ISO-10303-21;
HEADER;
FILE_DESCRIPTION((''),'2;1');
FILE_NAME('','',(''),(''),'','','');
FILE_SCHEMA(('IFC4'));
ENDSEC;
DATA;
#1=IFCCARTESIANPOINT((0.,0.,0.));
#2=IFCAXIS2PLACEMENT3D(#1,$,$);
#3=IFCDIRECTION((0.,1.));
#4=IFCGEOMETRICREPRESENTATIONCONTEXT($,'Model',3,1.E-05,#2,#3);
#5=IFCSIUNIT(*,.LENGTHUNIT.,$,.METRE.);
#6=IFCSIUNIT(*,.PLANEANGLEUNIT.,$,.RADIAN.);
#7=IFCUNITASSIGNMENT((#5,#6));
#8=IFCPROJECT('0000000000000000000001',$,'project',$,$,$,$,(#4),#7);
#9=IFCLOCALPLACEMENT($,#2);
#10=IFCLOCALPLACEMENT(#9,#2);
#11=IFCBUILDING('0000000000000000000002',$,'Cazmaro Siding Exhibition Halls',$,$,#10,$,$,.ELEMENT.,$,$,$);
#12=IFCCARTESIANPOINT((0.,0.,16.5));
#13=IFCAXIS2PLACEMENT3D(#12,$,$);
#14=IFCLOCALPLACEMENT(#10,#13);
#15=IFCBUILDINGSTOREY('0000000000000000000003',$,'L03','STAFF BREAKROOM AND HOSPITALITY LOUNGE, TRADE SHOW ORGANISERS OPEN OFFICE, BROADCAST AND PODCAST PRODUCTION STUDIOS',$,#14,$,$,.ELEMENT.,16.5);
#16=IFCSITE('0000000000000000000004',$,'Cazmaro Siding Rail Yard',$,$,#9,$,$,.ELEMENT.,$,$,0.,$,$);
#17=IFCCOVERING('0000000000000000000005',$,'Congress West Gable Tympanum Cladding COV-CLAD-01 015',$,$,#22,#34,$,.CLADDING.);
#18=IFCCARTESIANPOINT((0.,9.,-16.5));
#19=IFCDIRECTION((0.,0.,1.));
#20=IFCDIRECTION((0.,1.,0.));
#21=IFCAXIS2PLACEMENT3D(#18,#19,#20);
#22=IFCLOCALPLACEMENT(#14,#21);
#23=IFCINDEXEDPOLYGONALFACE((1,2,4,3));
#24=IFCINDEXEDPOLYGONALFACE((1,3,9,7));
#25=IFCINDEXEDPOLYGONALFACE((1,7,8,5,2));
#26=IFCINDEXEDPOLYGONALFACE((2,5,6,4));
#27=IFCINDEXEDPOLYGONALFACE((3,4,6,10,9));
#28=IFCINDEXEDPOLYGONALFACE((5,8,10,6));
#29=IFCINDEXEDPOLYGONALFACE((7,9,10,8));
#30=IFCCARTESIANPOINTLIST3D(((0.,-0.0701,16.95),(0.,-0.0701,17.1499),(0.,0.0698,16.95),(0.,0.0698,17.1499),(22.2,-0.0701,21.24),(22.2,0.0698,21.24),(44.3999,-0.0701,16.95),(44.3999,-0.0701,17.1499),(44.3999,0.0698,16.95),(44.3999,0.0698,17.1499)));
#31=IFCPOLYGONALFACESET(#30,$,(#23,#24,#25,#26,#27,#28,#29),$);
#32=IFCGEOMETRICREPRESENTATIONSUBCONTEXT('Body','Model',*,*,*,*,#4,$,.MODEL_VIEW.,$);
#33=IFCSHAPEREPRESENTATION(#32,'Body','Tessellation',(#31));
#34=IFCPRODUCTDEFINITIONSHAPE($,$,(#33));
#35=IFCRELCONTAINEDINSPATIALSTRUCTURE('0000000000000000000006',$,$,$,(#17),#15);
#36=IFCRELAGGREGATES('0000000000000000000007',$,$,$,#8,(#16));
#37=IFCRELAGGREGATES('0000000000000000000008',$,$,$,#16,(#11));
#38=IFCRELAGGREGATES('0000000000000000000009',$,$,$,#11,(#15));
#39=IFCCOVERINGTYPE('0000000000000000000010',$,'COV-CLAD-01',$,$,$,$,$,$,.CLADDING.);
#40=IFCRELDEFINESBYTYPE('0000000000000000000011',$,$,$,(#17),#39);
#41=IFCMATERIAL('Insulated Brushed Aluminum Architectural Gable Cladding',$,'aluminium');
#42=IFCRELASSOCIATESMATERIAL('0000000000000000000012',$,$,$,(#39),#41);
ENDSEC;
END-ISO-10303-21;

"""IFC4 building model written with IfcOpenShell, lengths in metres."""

from ifc_helpers import new_model, si_unit, direction, frame, origin, place, context, subcontext, project, spatial, polyline, outline, extrude, material, type_object, element, save


model = new_model("IFC4")

# Units and contexts
model_context = context("Model", 3, precision=1e-05, world=origin(), true_north=direction((0.0, 1.0)))
body_context = subcontext(model_context, "Body", "Model", "MODEL_VIEW")
ifc_project = project(units=[si_unit("LENGTHUNIT", "METRE"), si_unit("PLANEANGLEUNIT", "RADIAN")], contexts=[model_context])

# Site, building, storey
site_placement = place(None, origin())
site = spatial("IfcSite", under=ifc_project, at=site_placement, Name="Cazmaro Siding Rail Yard", CompositionType="ELEMENT", RefElevation=0.0)
building_placement = place(site_placement, origin())
building = spatial("IfcBuilding", under=site, at=building_placement, Name="Cazmaro Siding Exhibition Halls", CompositionType="ELEMENT")
storey_placement = place(building_placement, frame((0.0, 0.0, 16.5)))
storey = spatial("IfcBuildingStorey", under=building, at=storey_placement, Name="L03", Description="STAFF BREAKROOM AND HOSPITALITY LOUNGE, TRADE SHOW ORGANISERS OPEN OFFICE, BROADCAST AND PODCAST PRODUCTION STUDIOS", CompositionType="ELEMENT", Elevation=16.5)

# Covering
ifc_material_1 = material(Name="Insulated Brushed Aluminum Architectural Gable Cladding", Category="aluminium")
covering_type_1 = type_object("IfcCoveringType", Name="COV-CLAD-01", PredefinedType="CLADDING", material=ifc_material_1)
covering_1_placement = place(storey_placement, frame((0.0, 9.0, -16.5), z_axis=(0.0, 0.0, 1.0), x_axis=(0.0, 1.0, 0.0)))
element("IfcCovering", 1, at=covering_1_placement, inside=storey, type_object=covering_type_1, Name="Congress West Gable Tympanum Cladding COV-CLAD-01 015", PredefinedType="CLADDING", context=body_context, shape_type="SweptSolid", body=[
    extrude(outline(polyline([(0.0, 16.95), (44.3999, 16.95), (44.3999, 17.1499), (22.2, 21.24), (0.0, 17.1499), (0.0, 16.95)])), frame((0.0, 0.0698, 0.0), z_axis=(0.0, -1.0, 0.0), x_axis=(1.0, 0.0, 0.0)), (0.0, 0.0, 1.0), 0.1399),
])

save(model, "model.ifc")
